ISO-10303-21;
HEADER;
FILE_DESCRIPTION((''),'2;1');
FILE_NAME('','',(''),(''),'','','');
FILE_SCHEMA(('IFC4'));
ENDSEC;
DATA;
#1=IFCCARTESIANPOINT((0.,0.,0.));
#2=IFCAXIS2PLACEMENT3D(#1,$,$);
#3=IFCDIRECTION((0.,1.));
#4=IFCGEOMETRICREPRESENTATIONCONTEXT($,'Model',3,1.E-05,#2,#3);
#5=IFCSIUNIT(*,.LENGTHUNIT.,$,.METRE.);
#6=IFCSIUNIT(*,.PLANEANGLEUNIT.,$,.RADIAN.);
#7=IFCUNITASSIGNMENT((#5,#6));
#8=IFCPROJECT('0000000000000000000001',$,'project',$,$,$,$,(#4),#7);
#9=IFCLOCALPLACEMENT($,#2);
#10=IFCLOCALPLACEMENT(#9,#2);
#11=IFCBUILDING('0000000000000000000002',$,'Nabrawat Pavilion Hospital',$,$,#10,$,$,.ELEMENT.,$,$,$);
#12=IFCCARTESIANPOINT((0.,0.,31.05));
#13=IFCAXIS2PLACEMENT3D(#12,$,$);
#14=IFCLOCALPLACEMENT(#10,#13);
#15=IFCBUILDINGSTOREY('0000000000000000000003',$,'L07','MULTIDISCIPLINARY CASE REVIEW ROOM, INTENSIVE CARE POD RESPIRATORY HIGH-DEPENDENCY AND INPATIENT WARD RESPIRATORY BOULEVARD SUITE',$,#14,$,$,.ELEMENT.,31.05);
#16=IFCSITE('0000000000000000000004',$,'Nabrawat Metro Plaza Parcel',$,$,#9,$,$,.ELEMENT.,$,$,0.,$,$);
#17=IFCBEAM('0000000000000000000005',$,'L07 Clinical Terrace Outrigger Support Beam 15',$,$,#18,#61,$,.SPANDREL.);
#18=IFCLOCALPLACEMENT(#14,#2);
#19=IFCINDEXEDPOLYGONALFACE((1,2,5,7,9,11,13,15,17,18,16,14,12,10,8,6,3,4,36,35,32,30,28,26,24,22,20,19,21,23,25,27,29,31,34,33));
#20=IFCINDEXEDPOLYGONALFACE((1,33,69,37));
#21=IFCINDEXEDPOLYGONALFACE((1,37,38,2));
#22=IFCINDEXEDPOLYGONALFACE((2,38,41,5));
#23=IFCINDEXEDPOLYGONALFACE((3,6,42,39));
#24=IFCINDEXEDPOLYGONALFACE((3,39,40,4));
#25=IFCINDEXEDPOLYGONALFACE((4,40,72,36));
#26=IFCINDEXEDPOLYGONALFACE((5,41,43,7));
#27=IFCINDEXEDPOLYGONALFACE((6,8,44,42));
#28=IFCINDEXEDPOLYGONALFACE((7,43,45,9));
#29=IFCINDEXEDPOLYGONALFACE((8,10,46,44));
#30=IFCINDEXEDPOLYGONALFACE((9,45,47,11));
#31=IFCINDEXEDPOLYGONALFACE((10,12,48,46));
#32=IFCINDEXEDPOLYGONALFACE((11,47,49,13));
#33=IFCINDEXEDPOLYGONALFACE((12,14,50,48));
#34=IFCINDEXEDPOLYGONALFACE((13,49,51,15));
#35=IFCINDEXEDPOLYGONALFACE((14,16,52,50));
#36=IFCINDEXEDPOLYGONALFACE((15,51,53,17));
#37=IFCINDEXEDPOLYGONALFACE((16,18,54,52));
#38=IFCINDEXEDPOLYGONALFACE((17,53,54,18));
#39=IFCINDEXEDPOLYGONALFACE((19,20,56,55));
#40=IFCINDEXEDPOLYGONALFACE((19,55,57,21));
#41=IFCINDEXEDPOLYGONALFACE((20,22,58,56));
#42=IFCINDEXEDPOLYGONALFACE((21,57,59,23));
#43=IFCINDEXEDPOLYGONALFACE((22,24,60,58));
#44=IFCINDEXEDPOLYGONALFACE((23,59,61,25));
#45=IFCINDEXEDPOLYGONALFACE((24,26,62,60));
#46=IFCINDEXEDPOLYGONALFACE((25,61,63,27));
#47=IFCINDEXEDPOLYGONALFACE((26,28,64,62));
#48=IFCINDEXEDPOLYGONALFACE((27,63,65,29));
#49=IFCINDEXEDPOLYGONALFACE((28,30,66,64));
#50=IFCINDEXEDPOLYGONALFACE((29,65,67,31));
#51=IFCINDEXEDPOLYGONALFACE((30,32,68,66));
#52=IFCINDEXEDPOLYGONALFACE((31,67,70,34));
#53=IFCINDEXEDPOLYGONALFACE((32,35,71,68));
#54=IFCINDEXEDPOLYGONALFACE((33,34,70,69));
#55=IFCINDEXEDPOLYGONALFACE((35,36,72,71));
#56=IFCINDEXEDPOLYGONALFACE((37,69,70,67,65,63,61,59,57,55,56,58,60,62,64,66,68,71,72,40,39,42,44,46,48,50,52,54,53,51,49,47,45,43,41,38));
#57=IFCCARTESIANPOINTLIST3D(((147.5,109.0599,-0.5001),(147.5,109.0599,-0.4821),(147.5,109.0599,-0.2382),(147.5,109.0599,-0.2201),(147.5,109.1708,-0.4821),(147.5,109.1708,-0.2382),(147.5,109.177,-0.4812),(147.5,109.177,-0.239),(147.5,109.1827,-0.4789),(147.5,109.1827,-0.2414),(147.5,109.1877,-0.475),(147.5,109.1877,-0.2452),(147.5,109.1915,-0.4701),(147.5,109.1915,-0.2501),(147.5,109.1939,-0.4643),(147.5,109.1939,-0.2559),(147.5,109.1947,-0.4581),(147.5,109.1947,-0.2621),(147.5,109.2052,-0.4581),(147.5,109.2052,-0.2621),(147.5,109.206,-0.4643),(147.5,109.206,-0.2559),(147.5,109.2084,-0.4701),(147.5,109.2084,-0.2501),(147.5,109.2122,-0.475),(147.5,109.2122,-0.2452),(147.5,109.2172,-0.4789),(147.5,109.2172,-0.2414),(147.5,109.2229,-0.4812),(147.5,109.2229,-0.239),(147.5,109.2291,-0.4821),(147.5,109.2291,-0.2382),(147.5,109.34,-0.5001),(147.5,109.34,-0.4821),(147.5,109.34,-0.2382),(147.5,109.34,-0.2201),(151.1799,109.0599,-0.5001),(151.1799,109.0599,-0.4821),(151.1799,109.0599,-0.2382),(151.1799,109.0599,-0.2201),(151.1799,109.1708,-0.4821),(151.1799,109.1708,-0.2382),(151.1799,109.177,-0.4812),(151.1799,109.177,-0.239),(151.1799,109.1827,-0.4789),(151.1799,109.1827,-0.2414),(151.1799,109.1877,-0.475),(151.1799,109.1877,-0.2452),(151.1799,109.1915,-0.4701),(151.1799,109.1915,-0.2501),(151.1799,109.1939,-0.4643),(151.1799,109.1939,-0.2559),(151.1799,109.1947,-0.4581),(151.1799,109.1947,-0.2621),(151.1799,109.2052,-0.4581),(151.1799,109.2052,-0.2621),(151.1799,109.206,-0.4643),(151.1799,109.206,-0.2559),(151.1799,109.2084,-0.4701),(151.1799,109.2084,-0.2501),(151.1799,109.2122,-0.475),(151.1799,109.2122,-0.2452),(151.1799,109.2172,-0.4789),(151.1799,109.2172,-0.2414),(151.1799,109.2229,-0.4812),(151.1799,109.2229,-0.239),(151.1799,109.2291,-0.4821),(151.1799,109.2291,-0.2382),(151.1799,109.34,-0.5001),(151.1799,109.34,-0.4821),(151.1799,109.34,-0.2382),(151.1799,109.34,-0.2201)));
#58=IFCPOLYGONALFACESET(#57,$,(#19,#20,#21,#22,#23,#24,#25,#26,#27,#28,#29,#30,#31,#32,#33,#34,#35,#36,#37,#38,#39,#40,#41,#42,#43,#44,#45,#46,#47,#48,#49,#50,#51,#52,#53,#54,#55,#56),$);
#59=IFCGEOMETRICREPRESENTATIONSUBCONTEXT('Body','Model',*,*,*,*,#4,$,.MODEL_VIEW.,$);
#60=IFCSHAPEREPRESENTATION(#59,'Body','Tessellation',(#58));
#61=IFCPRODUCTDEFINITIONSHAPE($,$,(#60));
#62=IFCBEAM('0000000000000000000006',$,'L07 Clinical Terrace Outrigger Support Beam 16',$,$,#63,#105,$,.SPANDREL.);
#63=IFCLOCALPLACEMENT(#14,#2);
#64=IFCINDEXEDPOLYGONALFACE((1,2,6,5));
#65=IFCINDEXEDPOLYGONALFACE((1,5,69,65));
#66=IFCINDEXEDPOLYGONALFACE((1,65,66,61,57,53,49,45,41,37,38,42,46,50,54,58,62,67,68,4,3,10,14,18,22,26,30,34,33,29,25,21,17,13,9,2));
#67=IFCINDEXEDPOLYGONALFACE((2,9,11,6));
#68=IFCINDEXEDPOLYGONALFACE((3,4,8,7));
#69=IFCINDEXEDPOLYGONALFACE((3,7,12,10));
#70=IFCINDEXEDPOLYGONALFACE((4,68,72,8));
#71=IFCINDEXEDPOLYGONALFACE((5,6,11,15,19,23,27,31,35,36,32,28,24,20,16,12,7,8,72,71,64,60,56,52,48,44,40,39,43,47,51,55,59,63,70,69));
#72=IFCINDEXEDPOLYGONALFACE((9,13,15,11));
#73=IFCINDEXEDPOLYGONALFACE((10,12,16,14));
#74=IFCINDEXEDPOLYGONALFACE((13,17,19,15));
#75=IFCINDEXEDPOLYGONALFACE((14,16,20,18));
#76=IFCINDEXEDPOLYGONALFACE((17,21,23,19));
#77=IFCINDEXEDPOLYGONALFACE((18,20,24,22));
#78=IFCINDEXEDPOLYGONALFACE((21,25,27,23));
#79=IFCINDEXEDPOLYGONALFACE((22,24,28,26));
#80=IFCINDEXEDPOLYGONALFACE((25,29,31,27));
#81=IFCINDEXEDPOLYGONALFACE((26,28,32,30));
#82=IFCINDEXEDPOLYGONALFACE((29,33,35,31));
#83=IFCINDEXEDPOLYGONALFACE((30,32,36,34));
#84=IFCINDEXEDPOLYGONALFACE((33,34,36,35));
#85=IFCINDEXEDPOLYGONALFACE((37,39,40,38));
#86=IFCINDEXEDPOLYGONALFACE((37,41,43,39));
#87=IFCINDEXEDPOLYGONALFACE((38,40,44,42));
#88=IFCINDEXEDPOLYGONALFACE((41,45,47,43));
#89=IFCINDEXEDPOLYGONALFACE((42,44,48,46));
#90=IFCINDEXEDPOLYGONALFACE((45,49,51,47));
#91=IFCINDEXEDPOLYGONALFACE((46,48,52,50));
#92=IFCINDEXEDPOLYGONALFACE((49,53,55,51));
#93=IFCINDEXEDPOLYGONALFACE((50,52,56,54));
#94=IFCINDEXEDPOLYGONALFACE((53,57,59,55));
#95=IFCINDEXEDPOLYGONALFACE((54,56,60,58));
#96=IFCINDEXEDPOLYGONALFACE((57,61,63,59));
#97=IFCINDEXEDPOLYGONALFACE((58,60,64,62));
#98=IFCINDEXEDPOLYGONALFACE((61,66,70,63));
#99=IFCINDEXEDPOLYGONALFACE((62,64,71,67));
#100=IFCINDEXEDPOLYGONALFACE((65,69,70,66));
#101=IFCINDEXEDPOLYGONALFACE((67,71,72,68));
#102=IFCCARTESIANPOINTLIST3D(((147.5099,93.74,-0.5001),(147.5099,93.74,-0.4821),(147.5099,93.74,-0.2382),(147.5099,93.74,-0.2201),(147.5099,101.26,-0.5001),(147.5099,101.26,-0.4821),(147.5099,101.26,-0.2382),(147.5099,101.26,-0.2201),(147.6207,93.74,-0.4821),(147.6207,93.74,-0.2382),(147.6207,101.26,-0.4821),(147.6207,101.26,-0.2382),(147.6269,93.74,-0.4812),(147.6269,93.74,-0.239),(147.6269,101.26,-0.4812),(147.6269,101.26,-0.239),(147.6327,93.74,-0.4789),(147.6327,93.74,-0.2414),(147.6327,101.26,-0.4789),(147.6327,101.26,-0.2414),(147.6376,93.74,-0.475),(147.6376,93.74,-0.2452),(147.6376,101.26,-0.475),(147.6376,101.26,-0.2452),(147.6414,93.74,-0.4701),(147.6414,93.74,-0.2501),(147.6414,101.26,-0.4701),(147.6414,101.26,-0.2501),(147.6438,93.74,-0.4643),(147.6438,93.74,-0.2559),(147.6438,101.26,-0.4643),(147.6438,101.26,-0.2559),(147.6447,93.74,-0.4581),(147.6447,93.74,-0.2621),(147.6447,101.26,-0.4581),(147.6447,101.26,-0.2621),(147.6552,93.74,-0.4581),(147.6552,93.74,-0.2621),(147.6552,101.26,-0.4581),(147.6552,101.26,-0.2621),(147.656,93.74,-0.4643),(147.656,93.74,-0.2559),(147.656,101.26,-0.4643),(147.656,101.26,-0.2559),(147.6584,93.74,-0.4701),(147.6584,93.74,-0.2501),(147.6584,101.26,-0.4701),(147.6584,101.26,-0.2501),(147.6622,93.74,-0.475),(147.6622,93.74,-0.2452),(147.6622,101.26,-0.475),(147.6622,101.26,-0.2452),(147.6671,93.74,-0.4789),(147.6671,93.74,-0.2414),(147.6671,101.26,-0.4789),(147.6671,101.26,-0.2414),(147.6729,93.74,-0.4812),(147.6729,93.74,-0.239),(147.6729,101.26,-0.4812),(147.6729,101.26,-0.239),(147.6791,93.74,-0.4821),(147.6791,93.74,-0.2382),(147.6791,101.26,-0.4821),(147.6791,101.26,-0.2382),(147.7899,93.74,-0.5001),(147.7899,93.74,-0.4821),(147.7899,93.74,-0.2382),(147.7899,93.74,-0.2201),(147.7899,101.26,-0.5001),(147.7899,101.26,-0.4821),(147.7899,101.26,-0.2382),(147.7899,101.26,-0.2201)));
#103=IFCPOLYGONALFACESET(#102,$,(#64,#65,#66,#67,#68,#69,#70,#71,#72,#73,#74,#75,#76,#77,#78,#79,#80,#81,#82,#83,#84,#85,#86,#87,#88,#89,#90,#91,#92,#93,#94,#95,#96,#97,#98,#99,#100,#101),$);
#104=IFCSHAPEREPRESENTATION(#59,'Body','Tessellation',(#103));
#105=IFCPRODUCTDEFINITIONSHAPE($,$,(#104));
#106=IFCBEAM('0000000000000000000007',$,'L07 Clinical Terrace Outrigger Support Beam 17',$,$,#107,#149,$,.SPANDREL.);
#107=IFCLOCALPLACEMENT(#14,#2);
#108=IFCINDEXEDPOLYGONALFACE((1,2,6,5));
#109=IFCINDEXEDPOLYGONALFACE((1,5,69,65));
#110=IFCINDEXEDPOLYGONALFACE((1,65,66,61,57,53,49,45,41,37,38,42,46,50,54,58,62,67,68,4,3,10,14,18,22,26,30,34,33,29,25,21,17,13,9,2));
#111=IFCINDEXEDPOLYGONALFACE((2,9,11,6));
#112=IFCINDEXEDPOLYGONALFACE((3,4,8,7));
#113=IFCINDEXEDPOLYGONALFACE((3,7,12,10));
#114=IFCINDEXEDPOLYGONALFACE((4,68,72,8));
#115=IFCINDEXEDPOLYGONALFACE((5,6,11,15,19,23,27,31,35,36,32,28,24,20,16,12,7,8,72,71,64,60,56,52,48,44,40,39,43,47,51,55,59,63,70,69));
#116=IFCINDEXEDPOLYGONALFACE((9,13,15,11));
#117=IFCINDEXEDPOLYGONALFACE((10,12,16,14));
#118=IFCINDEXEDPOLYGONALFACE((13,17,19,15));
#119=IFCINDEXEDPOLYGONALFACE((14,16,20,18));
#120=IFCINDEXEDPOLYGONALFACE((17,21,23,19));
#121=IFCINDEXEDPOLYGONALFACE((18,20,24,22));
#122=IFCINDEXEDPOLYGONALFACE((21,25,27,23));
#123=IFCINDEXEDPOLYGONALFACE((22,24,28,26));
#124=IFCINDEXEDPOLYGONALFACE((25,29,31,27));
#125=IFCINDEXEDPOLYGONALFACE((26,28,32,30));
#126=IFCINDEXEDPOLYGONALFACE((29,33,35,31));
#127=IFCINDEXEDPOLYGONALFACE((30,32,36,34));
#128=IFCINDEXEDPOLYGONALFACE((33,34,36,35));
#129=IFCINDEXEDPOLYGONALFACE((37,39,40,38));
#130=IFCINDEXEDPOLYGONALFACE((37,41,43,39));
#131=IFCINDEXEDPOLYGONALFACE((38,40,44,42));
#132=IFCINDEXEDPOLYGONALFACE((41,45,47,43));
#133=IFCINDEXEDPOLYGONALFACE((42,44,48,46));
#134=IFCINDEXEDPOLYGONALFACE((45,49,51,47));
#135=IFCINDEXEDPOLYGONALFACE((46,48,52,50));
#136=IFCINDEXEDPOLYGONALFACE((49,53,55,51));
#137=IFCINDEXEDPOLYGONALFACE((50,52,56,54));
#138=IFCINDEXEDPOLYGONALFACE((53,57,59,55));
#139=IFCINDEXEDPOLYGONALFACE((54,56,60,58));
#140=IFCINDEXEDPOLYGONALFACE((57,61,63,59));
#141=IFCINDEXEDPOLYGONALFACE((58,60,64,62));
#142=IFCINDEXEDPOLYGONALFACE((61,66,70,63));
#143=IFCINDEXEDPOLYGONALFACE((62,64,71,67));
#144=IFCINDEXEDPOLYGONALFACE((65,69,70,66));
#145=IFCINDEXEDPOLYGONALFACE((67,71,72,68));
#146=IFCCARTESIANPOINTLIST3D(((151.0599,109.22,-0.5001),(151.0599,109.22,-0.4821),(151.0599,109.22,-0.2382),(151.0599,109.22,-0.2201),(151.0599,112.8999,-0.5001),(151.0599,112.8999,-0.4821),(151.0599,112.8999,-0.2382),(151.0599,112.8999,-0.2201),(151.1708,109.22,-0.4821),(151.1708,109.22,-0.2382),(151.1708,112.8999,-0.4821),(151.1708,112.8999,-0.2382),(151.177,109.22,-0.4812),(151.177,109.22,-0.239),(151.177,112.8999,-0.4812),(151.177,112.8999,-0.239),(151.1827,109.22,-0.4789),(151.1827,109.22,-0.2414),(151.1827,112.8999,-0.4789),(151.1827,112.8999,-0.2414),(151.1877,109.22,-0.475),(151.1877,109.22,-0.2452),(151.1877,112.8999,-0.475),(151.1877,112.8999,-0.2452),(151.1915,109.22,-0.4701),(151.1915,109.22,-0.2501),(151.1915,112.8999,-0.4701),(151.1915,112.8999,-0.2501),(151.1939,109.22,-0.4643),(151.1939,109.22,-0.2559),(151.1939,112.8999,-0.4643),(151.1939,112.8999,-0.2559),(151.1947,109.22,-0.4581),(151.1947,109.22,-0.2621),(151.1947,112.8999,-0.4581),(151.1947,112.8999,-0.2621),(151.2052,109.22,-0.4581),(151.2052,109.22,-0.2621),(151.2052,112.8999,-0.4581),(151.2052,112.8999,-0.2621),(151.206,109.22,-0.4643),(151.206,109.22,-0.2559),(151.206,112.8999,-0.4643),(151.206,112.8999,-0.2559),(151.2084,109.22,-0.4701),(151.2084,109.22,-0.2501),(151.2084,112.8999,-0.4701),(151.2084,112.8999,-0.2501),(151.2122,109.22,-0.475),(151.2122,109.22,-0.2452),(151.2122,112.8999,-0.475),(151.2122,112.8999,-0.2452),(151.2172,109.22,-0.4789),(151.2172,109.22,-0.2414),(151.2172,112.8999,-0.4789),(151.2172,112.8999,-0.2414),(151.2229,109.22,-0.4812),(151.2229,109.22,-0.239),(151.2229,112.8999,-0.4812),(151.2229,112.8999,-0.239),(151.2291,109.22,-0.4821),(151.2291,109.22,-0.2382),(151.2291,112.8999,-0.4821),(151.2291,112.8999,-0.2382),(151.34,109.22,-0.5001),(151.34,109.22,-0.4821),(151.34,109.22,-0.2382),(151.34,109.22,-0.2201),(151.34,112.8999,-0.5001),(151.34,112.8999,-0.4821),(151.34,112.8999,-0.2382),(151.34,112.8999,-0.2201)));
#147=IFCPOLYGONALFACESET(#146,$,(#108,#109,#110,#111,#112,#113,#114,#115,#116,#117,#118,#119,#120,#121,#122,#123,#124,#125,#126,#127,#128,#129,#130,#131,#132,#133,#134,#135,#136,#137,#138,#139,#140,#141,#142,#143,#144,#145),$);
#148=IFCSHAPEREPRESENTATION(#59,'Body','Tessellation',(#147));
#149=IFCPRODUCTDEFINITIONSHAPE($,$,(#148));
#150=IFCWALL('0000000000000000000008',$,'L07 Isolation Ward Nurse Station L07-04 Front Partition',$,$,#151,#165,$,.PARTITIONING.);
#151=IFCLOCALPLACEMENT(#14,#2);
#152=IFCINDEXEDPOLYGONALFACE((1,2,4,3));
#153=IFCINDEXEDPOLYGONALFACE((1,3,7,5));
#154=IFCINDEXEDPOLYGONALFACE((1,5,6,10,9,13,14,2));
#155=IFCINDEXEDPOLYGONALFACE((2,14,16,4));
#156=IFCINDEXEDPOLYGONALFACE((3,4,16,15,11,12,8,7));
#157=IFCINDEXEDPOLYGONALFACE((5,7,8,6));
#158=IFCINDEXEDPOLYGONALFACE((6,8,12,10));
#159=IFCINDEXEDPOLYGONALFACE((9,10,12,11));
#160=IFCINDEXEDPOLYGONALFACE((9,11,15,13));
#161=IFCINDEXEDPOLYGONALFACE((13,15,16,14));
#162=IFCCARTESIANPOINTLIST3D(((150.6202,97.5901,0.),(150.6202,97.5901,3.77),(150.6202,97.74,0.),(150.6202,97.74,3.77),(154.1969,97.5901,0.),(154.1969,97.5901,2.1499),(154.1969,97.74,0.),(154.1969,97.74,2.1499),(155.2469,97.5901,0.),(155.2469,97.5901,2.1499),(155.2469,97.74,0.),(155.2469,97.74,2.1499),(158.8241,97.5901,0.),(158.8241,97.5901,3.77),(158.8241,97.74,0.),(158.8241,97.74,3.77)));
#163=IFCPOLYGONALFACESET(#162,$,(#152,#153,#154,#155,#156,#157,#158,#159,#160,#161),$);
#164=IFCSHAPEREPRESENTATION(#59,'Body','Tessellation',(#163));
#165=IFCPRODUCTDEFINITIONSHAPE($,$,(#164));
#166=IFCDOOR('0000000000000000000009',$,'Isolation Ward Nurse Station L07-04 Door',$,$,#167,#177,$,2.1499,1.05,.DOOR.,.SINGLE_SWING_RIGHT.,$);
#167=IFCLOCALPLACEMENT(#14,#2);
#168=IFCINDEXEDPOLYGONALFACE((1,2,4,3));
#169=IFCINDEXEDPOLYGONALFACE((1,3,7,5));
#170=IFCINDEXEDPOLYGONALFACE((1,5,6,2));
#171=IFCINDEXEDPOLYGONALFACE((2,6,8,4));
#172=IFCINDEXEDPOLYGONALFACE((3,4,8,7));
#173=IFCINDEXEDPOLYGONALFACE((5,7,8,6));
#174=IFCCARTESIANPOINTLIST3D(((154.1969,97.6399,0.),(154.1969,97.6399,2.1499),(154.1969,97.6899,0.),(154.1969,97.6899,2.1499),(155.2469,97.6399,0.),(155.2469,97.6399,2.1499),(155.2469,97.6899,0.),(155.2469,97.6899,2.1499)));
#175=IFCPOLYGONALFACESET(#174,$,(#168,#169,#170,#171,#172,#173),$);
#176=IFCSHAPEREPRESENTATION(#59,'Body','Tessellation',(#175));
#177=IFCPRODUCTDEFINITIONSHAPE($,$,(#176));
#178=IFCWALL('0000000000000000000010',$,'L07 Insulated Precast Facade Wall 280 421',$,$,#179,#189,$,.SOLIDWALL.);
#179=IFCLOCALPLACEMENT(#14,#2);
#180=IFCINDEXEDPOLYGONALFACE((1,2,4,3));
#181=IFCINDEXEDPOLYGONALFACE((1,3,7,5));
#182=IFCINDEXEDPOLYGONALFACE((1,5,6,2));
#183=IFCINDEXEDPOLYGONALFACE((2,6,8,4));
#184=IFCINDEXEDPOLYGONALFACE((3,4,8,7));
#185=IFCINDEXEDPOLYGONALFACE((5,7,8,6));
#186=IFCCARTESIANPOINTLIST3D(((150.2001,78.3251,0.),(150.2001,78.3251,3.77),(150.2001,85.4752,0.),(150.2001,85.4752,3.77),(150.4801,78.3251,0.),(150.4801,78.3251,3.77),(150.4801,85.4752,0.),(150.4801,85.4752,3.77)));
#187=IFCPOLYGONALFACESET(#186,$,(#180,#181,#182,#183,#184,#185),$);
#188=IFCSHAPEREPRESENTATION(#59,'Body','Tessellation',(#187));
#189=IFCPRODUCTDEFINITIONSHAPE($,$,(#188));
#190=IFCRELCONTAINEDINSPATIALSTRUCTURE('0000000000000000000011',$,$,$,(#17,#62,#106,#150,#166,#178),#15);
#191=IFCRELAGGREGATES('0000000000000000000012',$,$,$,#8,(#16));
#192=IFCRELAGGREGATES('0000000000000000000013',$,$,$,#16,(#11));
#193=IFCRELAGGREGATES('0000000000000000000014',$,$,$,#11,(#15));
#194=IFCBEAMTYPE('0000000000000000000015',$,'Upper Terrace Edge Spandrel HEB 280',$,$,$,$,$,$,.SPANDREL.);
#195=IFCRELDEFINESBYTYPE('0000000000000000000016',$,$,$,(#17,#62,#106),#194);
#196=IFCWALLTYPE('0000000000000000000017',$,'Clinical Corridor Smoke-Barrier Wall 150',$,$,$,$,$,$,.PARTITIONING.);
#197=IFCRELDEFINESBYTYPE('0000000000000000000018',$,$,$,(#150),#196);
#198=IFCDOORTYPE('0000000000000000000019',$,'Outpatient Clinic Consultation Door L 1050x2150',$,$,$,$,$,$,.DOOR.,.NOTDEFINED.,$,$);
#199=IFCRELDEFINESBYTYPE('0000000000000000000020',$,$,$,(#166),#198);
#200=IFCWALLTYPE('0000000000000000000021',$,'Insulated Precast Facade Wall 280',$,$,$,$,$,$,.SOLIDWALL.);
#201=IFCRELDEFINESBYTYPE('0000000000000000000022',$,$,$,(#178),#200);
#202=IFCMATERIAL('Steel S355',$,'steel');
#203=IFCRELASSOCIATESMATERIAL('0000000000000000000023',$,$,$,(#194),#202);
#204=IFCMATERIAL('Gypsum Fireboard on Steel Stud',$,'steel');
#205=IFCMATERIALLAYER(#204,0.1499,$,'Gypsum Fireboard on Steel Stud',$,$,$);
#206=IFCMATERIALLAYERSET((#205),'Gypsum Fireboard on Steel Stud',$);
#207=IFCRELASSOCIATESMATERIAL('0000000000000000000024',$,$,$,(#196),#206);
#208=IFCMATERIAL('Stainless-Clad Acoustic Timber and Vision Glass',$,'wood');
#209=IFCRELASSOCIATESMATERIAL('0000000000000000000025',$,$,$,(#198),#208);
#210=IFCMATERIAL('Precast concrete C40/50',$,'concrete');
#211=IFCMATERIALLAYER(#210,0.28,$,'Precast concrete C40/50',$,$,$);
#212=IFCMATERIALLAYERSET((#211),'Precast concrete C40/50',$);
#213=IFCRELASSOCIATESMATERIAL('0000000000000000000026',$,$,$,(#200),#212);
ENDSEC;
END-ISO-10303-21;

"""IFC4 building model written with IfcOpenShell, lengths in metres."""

from ifc_helpers import new_model, si_unit, direction, frame, frame_2d, origin, origin_2d, place, context, subcontext, project, spatial, rectangle, i_section, extrude, material, layer, layer_set, material_profile, profile_set, type_object, element, fill, save


model = new_model("IFC4")

# Units and contexts
model_context = context("Model", 3, precision=1e-05, world=origin(), true_north=direction((0.0, 1.0)))
body_context = subcontext(model_context, "Body", "Model", "MODEL_VIEW")
ifc_project = project(units=[si_unit("LENGTHUNIT", "METRE"), si_unit("PLANEANGLEUNIT", "RADIAN")], contexts=[model_context])

# Site, building, storey
site_placement = place(None, origin())
site = spatial("IfcSite", under=ifc_project, at=site_placement, Name="Nabrawat Metro Plaza Parcel", CompositionType="ELEMENT", RefElevation=0.0)
building_placement = place(site_placement, origin())
building = spatial("IfcBuilding", under=site, at=building_placement, Name="Nabrawat Pavilion Hospital", CompositionType="ELEMENT")
storey_placement = place(building_placement, frame((0.0, 0.0, 31.05)))
storey = spatial("IfcBuildingStorey", under=building, at=storey_placement, Name="L07", Description="MULTIDISCIPLINARY CASE REVIEW ROOM, INTENSIVE CARE POD RESPIRATORY HIGH-DEPENDENCY AND INPATIENT WARD RESPIRATORY BOULEVARD SUITE", CompositionType="ELEMENT", Elevation=31.05)

# Shared definitions
ifc_material_1 = material(Name="Steel S355", Category="steel")

# Beams
ifc_material_profile_1 = material_profile(ifc_material_1, i_section(OverallWidth=0.28, OverallDepth=0.28, WebThickness=0.0105, FlangeThickness=0.0181, FilletRadius=0.0239, at=origin_2d()), Name="HEB 280")
ifc_profile_set_1 = profile_set([ifc_material_profile_1], Name="Steel S355")
beam_type_1 = type_object("IfcBeamType", Name="Upper Terrace Edge Spandrel HEB 280", PredefinedType="SPANDREL", material=ifc_profile_set_1)
for number, where, z_axis, x_axis, name in (
    (1, (147.5, 109.2, -0.3601), (1.0, 0.0, 0.0), (0.0, 1.0, 0.0), "L07 Clinical Terrace Outrigger Support Beam 15"),
):
    element("IfcBeam", number, at=place(storey_placement, frame(where, z_axis=z_axis, x_axis=x_axis)), inside=storey, type_object=beam_type_1, Name=name, PredefinedType="SPANDREL", context=body_context, shape_type="SweptSolid", body=[
        extrude(i_section(OverallWidth=0.28, OverallDepth=0.28, WebThickness=0.0105, FlangeThickness=0.0181, FilletRadius=0.0239, at=origin_2d()), origin(), (0.0, 0.0, 1.0), 3.6799),
    ])
beam_1_placement = place(storey_placement, frame((147.6499, 93.74, -0.3601), z_axis=(0.0, 1.0, 0.0), x_axis=(-1.0, 0.0, 0.0)))
element("IfcBeam", 2, at=beam_1_placement, inside=storey, type_object=beam_type_1, Name="L07 Clinical Terrace Outrigger Support Beam 16", PredefinedType="SPANDREL", context=body_context, shape_type="SweptSolid", body=[
    extrude(i_section(OverallWidth=0.28, OverallDepth=0.28, WebThickness=0.0105, FlangeThickness=0.0181, FilletRadius=0.0239, at=origin_2d()), origin(), (0.0, 0.0, 1.0), 7.52),
])
beam_2_placement = place(storey_placement, frame((151.2, 109.22, -0.3601), z_axis=(0.0, 1.0, 0.0), x_axis=(-1.0, 0.0, 0.0)))
element("IfcBeam", 3, at=beam_2_placement, inside=storey, type_object=beam_type_1, Name="L07 Clinical Terrace Outrigger Support Beam 17", PredefinedType="SPANDREL", context=body_context, shape_type="SweptSolid", body=[
    extrude(i_section(OverallWidth=0.28, OverallDepth=0.28, WebThickness=0.0105, FlangeThickness=0.0181, FilletRadius=0.0239, at=origin_2d()), origin(), (0.0, 0.0, 1.0), 3.6799),
])

# Wall, opening, door
ifc_material_2 = material(Name="Gypsum Fireboard on Steel Stud", Category="steel")
ifc_layer_1 = layer(ifc_material_2, 0.1499, Name="Gypsum Fireboard on Steel Stud")
ifc_layer_set_1 = layer_set([ifc_layer_1], Name="Gypsum Fireboard on Steel Stud")
wall_type_1 = type_object("IfcWallType", Name="Clinical Corridor Smoke-Barrier Wall 150", PredefinedType="PARTITIONING", material=ifc_layer_set_1)
wall_1_placement = place(storey_placement, frame((150.6201, 97.665, 0.0), z_axis=(0.0, 0.0, 1.0), x_axis=(1.0, 0.0, 0.0)))
wall_1 = element("IfcWall", 4, at=wall_1_placement, inside=storey, type_object=wall_type_1, Name="L07 Isolation Ward Nurse Station L07-04 Front Partition", PredefinedType="PARTITIONING", context=body_context, shape_type="SweptSolid", body=[
    extrude(rectangle(XDim=8.2039, YDim=0.1499, at=frame_2d((4.1021, 0.0))), origin(), (0.0, 0.0, 1.0), 3.77),
])
opening_1_placement = place(wall_1_placement, frame((3.5769, 0.0, 0.0)))
opening_1 = element("IfcOpeningElement", 5, at=opening_1_placement, cuts=wall_1, PredefinedType="OPENING", context=body_context, shape_type="SweptSolid", body=[
    extrude(rectangle(XDim=1.05, YDim=2.1499, at=frame_2d((0.5249, 1.075))), frame((0.0, 0.085, 0.0), z_axis=(0.0, -1.0, 0.0), x_axis=(1.0, 0.0, 0.0)), (0.0, 0.0, 1.0), 0.1699),
])
ifc_material_3 = material(Name="Stainless-Clad Acoustic Timber and Vision Glass", Category="wood")
door_type_1 = type_object("IfcDoorType", Name="Outpatient Clinic Consultation Door L 1050x2150", OperationType="NOTDEFINED", PredefinedType="DOOR", material=ifc_material_3)
door_1_placement = place(opening_1_placement, origin())
door_1 = element("IfcDoor", 6, at=door_1_placement, inside=storey, type_object=door_type_1, Name="Isolation Ward Nurse Station L07-04 Door", OperationType="SINGLE_SWING_RIGHT", OverallHeight=2.1499, OverallWidth=1.05, PredefinedType="DOOR", context=body_context, shape_type="SweptSolid", body=[
    extrude(rectangle(XDim=1.05, YDim=2.1499, at=frame_2d((0.5249, 1.075))), frame((0.0, 0.0249, 0.0), z_axis=(0.0, -1.0, 0.0), x_axis=(1.0, 0.0, 0.0)), (0.0, 0.0, 1.0), 0.05),
])
fill(opening_1, door_1)

# Wall
ifc_material_4 = material(Name="Precast concrete C40/50", Category="concrete")
ifc_layer_2 = layer(ifc_material_4, 0.28, Name="Precast concrete C40/50")
ifc_layer_set_2 = layer_set([ifc_layer_2], Name="Precast concrete C40/50")
wall_type_2 = type_object("IfcWallType", Name="Insulated Precast Facade Wall 280", PredefinedType="SOLIDWALL", material=ifc_layer_set_2)
wall_2_placement = place(storey_placement, frame((150.3401, 78.325, 0.0), z_axis=(0.0, 0.0, 1.0), x_axis=(0.0, 1.0, 0.0)))
element("IfcWall", 7, at=wall_2_placement, inside=storey, type_object=wall_type_2, Name="L07 Insulated Precast Facade Wall 280 421", PredefinedType="SOLIDWALL", context=body_context, shape_type="SweptSolid", body=[
    extrude(rectangle(XDim=7.1501, YDim=0.28, at=frame_2d((3.5752, 0.0))), origin(), (0.0, 0.0, 1.0), 3.77),
])

save(model, "model.ifc")
